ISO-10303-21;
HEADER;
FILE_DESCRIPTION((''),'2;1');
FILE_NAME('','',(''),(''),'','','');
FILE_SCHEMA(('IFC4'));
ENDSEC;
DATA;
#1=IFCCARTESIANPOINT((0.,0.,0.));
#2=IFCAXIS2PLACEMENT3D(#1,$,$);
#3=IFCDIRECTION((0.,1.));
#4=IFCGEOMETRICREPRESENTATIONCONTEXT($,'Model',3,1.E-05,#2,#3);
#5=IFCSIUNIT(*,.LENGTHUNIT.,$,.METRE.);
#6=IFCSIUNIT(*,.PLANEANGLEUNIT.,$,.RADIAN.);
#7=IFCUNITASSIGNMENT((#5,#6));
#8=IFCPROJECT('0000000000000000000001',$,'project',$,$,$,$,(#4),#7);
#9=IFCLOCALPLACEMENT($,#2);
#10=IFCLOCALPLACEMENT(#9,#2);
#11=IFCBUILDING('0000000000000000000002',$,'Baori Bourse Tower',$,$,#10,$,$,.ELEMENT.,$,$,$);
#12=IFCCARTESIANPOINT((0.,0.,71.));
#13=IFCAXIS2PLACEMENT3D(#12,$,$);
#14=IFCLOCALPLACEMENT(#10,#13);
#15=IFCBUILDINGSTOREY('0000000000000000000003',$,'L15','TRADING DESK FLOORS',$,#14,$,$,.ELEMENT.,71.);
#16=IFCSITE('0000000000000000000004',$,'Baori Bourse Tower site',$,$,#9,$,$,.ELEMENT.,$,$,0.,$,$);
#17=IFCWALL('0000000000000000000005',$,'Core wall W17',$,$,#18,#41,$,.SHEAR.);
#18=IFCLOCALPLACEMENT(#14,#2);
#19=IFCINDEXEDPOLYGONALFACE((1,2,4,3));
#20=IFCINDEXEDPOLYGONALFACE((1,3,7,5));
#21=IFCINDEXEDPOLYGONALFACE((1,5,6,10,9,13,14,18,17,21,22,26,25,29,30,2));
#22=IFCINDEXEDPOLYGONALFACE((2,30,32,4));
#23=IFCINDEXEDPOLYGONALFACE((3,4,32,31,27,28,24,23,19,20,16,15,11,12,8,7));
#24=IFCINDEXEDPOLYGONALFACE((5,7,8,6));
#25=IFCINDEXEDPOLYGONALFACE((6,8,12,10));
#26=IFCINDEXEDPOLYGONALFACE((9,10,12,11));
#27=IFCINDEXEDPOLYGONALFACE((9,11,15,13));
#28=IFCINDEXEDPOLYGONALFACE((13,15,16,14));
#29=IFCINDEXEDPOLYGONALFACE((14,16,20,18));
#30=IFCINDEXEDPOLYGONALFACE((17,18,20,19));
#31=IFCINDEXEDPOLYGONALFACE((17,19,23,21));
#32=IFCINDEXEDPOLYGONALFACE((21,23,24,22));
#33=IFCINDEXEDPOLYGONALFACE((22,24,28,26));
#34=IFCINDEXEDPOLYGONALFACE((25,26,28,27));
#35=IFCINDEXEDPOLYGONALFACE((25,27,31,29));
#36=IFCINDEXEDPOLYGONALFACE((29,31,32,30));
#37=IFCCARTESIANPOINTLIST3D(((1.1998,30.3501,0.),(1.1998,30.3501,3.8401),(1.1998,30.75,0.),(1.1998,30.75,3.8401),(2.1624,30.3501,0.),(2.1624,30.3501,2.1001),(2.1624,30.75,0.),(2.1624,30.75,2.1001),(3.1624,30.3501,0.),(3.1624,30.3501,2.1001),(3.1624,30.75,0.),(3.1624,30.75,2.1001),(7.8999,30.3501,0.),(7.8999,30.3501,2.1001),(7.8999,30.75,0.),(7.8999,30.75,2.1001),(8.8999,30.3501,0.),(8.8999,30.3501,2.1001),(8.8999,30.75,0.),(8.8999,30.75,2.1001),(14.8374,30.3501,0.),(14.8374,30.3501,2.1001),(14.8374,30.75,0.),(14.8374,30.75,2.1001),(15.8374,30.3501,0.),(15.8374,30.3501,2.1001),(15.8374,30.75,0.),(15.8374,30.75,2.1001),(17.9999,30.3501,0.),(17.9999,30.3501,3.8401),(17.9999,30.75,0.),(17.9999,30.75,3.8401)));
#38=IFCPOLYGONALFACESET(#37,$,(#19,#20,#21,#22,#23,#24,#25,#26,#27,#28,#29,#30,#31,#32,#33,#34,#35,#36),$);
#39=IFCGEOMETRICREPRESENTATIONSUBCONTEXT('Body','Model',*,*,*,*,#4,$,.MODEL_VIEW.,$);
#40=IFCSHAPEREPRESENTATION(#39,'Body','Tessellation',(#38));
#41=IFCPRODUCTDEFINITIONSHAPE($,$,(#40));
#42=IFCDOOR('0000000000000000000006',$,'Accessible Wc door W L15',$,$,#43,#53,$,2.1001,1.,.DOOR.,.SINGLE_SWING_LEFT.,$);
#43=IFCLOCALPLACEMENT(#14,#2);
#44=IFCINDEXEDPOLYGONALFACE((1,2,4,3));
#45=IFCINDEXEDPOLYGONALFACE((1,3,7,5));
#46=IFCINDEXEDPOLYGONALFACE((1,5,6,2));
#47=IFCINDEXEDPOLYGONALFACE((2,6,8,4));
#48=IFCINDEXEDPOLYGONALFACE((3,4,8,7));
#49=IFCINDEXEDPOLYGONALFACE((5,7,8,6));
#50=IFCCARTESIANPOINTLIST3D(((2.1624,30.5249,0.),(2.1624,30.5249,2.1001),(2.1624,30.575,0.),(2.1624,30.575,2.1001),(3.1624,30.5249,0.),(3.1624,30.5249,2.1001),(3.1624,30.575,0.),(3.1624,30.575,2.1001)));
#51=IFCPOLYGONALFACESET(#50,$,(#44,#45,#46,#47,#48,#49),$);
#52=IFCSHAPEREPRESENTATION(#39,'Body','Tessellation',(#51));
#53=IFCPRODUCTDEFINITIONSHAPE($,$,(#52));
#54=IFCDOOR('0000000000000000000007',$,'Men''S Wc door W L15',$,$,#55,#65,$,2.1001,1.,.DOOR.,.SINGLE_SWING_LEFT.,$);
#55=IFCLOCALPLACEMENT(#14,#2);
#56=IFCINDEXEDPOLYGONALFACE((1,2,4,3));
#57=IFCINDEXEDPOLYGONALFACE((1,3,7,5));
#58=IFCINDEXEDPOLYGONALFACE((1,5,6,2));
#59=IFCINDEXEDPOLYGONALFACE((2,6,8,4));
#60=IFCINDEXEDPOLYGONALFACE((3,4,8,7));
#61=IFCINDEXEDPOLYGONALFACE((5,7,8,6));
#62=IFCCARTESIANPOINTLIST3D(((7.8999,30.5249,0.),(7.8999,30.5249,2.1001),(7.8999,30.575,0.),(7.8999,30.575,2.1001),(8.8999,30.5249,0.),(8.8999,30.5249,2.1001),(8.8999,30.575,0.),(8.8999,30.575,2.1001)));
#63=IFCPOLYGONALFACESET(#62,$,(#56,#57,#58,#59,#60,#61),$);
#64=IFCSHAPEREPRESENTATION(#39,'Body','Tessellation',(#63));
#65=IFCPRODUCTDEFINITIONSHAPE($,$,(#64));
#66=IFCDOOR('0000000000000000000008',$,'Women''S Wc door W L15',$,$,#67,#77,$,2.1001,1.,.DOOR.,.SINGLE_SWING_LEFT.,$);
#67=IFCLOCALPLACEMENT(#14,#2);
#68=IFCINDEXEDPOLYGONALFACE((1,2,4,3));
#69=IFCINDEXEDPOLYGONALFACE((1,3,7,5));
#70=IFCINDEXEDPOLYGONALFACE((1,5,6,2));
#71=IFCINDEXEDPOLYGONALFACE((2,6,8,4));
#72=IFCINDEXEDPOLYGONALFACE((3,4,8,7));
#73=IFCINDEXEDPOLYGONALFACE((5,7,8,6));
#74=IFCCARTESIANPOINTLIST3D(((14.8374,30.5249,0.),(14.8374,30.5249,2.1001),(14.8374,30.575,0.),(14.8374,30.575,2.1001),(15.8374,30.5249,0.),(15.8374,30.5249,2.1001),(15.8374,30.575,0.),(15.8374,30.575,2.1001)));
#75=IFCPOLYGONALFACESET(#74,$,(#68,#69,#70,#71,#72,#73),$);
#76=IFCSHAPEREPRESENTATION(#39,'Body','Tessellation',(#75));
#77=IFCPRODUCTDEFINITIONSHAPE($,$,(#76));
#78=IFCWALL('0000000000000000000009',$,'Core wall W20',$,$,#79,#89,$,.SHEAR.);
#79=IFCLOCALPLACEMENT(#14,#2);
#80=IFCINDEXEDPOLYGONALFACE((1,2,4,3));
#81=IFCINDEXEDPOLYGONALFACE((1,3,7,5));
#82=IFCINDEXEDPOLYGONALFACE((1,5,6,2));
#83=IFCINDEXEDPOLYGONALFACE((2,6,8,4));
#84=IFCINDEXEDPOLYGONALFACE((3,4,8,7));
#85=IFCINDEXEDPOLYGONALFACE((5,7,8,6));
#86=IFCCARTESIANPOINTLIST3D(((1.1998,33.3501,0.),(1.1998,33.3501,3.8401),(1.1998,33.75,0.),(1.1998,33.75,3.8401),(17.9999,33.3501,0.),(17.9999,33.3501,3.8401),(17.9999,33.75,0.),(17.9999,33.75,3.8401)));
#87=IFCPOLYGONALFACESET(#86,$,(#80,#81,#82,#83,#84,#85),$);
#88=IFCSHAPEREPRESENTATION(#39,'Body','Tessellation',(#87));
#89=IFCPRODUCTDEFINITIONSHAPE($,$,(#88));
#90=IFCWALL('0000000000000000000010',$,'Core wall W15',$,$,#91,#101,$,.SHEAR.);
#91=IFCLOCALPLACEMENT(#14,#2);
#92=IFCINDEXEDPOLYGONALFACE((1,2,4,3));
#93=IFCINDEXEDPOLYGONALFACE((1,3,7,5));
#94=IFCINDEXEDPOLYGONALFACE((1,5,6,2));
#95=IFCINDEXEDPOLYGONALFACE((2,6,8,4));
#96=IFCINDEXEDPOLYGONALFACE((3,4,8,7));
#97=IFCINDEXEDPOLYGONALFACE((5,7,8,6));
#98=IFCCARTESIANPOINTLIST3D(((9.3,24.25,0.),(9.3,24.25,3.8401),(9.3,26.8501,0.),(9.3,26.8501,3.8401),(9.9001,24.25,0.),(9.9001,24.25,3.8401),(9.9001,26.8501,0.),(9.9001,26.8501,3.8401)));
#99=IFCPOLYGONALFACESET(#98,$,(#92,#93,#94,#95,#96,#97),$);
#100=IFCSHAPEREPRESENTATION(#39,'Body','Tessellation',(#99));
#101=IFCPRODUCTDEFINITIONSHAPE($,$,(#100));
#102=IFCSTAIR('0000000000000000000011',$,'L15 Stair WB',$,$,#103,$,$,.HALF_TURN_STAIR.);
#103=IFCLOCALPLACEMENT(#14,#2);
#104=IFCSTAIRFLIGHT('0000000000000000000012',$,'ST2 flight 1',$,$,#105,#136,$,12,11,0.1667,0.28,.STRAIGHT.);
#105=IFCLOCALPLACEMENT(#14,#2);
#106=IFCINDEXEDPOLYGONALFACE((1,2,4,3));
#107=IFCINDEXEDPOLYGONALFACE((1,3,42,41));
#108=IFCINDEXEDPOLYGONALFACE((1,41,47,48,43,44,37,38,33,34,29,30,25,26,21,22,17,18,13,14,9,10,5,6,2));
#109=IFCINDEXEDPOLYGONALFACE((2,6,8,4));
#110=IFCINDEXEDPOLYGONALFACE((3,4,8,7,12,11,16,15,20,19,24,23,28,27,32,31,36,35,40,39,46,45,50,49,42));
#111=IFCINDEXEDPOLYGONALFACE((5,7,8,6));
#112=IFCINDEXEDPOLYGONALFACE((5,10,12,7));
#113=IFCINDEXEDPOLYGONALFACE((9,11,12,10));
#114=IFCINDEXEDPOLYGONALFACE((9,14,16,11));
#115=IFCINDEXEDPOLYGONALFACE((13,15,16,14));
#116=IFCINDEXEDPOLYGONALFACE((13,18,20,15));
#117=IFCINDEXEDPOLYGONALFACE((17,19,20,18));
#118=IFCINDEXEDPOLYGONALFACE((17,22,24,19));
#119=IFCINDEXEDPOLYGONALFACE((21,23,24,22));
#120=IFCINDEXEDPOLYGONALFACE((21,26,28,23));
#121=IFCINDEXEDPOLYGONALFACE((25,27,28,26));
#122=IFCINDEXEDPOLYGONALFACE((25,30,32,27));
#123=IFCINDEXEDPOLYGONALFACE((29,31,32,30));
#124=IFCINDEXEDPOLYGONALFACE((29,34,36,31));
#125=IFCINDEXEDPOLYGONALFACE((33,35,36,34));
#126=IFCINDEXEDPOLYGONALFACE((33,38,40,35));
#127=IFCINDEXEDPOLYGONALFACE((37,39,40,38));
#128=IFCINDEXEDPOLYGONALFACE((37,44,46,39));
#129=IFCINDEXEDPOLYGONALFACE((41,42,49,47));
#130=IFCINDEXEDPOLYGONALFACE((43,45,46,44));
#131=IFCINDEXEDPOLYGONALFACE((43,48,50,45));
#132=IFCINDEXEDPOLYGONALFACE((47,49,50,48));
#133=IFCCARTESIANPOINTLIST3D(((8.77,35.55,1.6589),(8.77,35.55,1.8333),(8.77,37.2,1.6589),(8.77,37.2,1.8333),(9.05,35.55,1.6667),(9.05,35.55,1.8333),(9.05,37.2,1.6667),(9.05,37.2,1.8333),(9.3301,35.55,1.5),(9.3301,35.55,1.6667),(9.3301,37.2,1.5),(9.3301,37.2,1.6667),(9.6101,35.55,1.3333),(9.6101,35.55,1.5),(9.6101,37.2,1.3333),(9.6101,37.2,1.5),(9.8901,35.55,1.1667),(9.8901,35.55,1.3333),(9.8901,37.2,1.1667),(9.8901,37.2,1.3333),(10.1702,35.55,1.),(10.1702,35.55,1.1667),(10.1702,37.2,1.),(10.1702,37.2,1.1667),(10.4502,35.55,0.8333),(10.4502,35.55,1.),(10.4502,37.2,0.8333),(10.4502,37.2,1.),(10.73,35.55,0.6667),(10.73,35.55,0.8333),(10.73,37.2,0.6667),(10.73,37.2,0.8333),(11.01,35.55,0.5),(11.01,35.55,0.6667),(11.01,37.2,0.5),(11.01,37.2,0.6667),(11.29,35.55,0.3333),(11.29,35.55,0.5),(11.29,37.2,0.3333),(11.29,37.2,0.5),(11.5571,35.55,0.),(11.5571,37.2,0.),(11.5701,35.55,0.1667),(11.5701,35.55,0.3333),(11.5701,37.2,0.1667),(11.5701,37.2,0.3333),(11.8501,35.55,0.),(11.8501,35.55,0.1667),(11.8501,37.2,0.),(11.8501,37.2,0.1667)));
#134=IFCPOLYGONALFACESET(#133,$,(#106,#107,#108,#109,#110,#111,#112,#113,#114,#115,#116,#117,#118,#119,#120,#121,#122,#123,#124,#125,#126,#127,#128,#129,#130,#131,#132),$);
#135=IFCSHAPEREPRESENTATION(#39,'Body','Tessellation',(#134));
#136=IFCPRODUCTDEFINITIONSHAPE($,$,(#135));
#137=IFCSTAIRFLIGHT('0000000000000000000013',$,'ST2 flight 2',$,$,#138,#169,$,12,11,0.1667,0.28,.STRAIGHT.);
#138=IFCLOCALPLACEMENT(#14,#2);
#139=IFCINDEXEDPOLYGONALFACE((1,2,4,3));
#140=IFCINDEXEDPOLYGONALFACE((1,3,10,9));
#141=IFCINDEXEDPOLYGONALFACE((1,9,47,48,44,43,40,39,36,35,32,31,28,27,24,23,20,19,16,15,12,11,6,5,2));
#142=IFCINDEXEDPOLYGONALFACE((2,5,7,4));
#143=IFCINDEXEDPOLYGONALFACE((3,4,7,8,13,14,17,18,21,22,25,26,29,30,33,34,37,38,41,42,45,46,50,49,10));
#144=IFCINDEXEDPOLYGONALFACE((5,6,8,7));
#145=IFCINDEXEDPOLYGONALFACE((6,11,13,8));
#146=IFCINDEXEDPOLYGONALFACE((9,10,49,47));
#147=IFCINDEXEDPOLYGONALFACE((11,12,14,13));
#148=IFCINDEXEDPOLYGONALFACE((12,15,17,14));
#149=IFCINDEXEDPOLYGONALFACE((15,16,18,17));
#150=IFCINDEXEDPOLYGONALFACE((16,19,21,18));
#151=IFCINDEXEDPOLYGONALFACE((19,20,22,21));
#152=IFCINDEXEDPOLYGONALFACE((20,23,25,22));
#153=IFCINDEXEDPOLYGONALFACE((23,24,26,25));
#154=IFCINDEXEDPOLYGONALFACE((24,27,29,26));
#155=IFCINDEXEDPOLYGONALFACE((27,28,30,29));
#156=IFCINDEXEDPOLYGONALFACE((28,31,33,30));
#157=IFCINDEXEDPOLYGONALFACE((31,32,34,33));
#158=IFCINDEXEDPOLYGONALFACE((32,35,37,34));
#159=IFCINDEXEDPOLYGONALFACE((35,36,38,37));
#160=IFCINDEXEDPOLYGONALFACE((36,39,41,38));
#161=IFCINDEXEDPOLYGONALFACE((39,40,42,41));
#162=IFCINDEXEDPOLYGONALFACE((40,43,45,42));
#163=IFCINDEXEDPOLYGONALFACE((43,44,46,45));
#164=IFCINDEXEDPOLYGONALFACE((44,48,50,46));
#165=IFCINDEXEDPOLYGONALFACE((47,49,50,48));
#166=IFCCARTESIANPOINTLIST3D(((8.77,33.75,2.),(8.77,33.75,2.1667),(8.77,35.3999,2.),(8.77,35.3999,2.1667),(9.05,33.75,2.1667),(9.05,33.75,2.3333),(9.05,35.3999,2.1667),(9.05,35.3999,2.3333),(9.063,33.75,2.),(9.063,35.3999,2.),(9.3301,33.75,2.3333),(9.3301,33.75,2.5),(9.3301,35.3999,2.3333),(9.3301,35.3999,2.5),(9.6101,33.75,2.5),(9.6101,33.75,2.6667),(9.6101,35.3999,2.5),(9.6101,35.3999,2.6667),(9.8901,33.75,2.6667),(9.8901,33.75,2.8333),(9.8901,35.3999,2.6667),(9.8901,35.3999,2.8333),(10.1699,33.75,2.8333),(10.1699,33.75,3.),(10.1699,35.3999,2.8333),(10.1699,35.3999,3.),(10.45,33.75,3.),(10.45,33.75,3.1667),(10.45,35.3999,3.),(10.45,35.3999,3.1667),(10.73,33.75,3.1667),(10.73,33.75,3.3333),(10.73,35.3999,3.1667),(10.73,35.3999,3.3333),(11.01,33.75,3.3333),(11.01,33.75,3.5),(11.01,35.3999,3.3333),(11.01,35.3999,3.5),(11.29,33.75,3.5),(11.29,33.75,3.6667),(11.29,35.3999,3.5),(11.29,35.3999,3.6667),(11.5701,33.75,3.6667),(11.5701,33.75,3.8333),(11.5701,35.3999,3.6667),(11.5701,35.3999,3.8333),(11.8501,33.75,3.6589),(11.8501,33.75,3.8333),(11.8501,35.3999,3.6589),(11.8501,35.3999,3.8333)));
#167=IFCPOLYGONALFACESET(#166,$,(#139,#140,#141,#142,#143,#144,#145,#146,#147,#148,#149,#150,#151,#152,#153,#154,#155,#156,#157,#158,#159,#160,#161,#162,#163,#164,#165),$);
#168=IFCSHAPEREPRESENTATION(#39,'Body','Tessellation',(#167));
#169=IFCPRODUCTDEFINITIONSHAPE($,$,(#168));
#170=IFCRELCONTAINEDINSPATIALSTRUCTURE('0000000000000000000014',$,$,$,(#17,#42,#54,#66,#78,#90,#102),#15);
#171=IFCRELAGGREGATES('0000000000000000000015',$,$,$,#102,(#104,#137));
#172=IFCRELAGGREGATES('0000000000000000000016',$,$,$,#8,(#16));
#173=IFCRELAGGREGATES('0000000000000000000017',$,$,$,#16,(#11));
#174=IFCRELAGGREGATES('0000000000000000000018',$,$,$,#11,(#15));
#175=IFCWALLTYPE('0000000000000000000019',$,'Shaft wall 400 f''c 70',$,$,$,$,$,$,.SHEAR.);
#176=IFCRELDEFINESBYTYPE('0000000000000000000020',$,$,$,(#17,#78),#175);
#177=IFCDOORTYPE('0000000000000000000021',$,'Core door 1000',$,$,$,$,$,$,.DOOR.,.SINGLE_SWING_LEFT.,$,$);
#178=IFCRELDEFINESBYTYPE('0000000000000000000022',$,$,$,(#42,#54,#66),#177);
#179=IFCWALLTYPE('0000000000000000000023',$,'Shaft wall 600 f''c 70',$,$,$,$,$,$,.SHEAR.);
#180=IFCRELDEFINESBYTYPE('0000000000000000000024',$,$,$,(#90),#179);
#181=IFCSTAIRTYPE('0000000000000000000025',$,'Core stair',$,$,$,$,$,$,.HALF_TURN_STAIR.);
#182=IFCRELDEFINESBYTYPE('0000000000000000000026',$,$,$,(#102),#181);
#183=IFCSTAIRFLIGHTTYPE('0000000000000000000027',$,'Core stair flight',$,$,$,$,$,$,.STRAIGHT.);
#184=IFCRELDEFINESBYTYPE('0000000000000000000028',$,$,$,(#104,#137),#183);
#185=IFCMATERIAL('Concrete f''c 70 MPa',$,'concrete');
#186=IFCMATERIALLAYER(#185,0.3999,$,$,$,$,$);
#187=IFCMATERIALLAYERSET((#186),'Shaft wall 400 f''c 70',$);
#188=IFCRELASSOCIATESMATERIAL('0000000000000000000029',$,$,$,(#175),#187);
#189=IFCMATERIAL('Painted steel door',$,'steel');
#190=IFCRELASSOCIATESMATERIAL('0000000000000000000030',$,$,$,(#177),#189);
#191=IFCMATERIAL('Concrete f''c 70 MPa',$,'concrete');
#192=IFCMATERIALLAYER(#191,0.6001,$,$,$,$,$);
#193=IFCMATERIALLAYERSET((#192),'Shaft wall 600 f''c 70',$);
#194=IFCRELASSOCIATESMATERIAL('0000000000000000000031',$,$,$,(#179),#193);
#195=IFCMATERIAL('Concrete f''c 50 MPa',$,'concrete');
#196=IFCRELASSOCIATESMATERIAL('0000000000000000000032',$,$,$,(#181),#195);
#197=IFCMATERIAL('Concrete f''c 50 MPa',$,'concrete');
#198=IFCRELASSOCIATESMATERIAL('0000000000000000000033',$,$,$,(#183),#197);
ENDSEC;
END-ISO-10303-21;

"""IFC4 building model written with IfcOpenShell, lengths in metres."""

from ifc_helpers import new_model, si_unit, direction, frame, frame_2d, origin, place, context, subcontext, project, spatial, polyline, rectangle, outline, extrude, material, layer, layer_set, type_object, element, fill, aggregate, save


model = new_model("IFC4")

# Units and contexts
model_context = context("Model", 3, precision=1e-05, world=origin(), true_north=direction((0.0, 1.0)))
body_context = subcontext(model_context, "Body", "Model", "MODEL_VIEW")
ifc_project = project(units=[si_unit("LENGTHUNIT", "METRE"), si_unit("PLANEANGLEUNIT", "RADIAN")], contexts=[model_context])

# Site, building, storey
site_placement = place(None, origin())
site = spatial("IfcSite", under=ifc_project, at=site_placement, Name="Baori Bourse Tower site", CompositionType="ELEMENT", RefElevation=0.0)
building_placement = place(site_placement, origin())
building = spatial("IfcBuilding", under=site, at=building_placement, Name="Baori Bourse Tower", CompositionType="ELEMENT")
storey_placement = place(building_placement, frame((0.0, 0.0, 71.0)))
storey = spatial("IfcBuildingStorey", under=building, at=storey_placement, Name="L15", Description="TRADING DESK FLOORS", CompositionType="ELEMENT", Elevation=71.0)

# Shared definitions
ifc_material_1 = material(Name="Concrete f'c 70 MPa", Category="concrete")
ifc_layer_1 = layer(ifc_material_1, 0.3999)
ifc_layer_set_1 = layer_set([ifc_layer_1], Name="Shaft wall 400 f'c 70")
wall_type_1 = type_object("IfcWallType", Name="Shaft wall 400 f'c 70", PredefinedType="SHEAR", material=ifc_layer_set_1)

# Wall, openings, doors
wall_1_placement = place(storey_placement, frame((1.2, 30.55, 0.0), z_axis=(0.0, 0.0, 1.0), x_axis=(1.0, 0.0, 0.0)))
wall_1 = element("IfcWall", 1, at=wall_1_placement, inside=storey, type_object=wall_type_1, Name="Core wall W17", PredefinedType="SHEAR", context=body_context, shape_type="SweptSolid", body=[
    extrude(rectangle(XDim=16.8, YDim=0.3999, at=frame_2d((8.3999, 0.0))), origin(), (0.0, 0.0, 1.0), 3.8401),
])
opening_1_placement = place(wall_1_placement, frame((0.9624, 0.0, 0.0)))
opening_1 = element("IfcOpeningElement", 2, at=opening_1_placement, cuts=wall_1, PredefinedType="OPENING", context=body_context, shape_type="SweptSolid", body=[
    extrude(rectangle(XDim=1.0, YDim=2.1001, at=frame_2d((0.5, 1.05))), frame((0.0, 0.21, 0.0), z_axis=(0.0, -1.0, 0.0), x_axis=(1.0, 0.0, 0.0)), (0.0, 0.0, 1.0), 0.4199),
])
opening_2_placement = place(wall_1_placement, frame((6.7, 0.0, 0.0)))
opening_2 = element("IfcOpeningElement", 3, at=opening_2_placement, cuts=wall_1, PredefinedType="OPENING", context=body_context, shape_type="SweptSolid", body=[
    extrude(rectangle(XDim=1.0, YDim=2.1001, at=frame_2d((0.5, 1.05))), frame((0.0, 0.21, 0.0), z_axis=(0.0, -1.0, 0.0), x_axis=(1.0, 0.0, 0.0)), (0.0, 0.0, 1.0), 0.4199),
])
opening_3_placement = place(wall_1_placement, frame((13.6375, 0.0, 0.0)))
opening_3 = element("IfcOpeningElement", 4, at=opening_3_placement, cuts=wall_1, PredefinedType="OPENING", context=body_context, shape_type="SweptSolid", body=[
    extrude(rectangle(XDim=1.0, YDim=2.1001, at=frame_2d((0.5, 1.05))), frame((0.0, 0.21, 0.0), z_axis=(0.0, -1.0, 0.0), x_axis=(1.0, 0.0, 0.0)), (0.0, 0.0, 1.0), 0.4199),
])
ifc_material_2 = material(Name="Painted steel door", Category="steel")
door_type_1 = type_object("IfcDoorType", Name="Core door 1000", OperationType="SINGLE_SWING_LEFT", PredefinedType="DOOR", material=ifc_material_2)
door_1_placement = place(opening_1_placement, origin())
door_1 = element("IfcDoor", 5, at=door_1_placement, inside=storey, type_object=door_type_1, Name="Accessible Wc door W L15", OperationType="SINGLE_SWING_LEFT", OverallHeight=2.1001, OverallWidth=1.0, PredefinedType="DOOR", context=body_context, shape_type="SweptSolid", body=[
    extrude(rectangle(XDim=1.0, YDim=2.1001, at=frame_2d((0.5, 1.05))), frame((0.0, 0.0249, 0.0), z_axis=(0.0, -1.0, 0.0), x_axis=(1.0, 0.0, 0.0)), (0.0, 0.0, 1.0), 0.05),
])
fill(opening_1, door_1)
door_2_placement = place(opening_2_placement, origin())
door_2 = element("IfcDoor", 6, at=door_2_placement, inside=storey, type_object=door_type_1, Name="Men'S Wc door W L15", OperationType="SINGLE_SWING_LEFT", OverallHeight=2.1001, OverallWidth=1.0, PredefinedType="DOOR", context=body_context, shape_type="SweptSolid", body=[
    extrude(rectangle(XDim=1.0, YDim=2.1001, at=frame_2d((0.5, 1.05))), frame((0.0, 0.0249, 0.0), z_axis=(0.0, -1.0, 0.0), x_axis=(1.0, 0.0, 0.0)), (0.0, 0.0, 1.0), 0.05),
])
fill(opening_2, door_2)
door_3_placement = place(opening_3_placement, origin())
door_3 = element("IfcDoor", 7, at=door_3_placement, inside=storey, type_object=door_type_1, Name="Women'S Wc door W L15", OperationType="SINGLE_SWING_LEFT", OverallHeight=2.1001, OverallWidth=1.0, PredefinedType="DOOR", context=body_context, shape_type="SweptSolid", body=[
    extrude(rectangle(XDim=1.0, YDim=2.1001, at=frame_2d((0.5, 1.05))), frame((0.0, 0.0249, 0.0), z_axis=(0.0, -1.0, 0.0), x_axis=(1.0, 0.0, 0.0)), (0.0, 0.0, 1.0), 0.05),
])
fill(opening_3, door_3)

# Walls
wall_2_placement = place(storey_placement, frame((1.2, 33.55, 0.0), z_axis=(0.0, 0.0, 1.0), x_axis=(1.0, 0.0, 0.0)))
element("IfcWall", 8, at=wall_2_placement, inside=storey, type_object=wall_type_1, Name="Core wall W20", PredefinedType="SHEAR", context=body_context, shape_type="SweptSolid", body=[
    extrude(rectangle(XDim=16.8, YDim=0.3999, at=frame_2d((8.3999, 0.0))), origin(), (0.0, 0.0, 1.0), 3.8401),
])
ifc_material_3 = material(Name="Concrete f'c 70 MPa", Category="concrete")
ifc_layer_2 = layer(ifc_material_3, 0.6001)
ifc_layer_set_2 = layer_set([ifc_layer_2], Name="Shaft wall 600 f'c 70")
wall_type_2 = type_object("IfcWallType", Name="Shaft wall 600 f'c 70", PredefinedType="SHEAR", material=ifc_layer_set_2)
wall_3_placement = place(storey_placement, frame((9.6001, 24.25, 0.0), z_axis=(0.0, 0.0, 1.0), x_axis=(0.0, 1.0, 0.0)))
element("IfcWall", 9, at=wall_3_placement, inside=storey, type_object=wall_type_2, Name="Core wall W15", PredefinedType="SHEAR", context=body_context, shape_type="SweptSolid", body=[
    extrude(rectangle(XDim=2.6001, YDim=0.6001, at=frame_2d((1.3, 0.0))), origin(), (0.0, 0.0, 1.0), 3.8401),
])

# Stair, stair flights
ifc_material_4 = material(Name="Concrete f'c 50 MPa", Category="concrete")
stair_type = type_object("IfcStairType", Name="Core stair", PredefinedType="HALF_TURN_STAIR", material=ifc_material_4)
stair_placement = place(storey_placement, origin())
stair = element("IfcStair", 10, at=stair_placement, inside=storey, type_object=stair_type, Name="L15 Stair WB", PredefinedType="HALF_TURN_STAIR")
ifc_material_5 = material(Name="Concrete f'c 50 MPa", Category="concrete")
stair_flight_type = type_object("IfcStairFlightType", Name="Core stair flight", PredefinedType="STRAIGHT", material=ifc_material_5)
stair_flight_1_placement = place(storey_placement, frame((11.8501, 36.375, 0.0), z_axis=(0.0, 0.0, 1.0), x_axis=(-1.0, 0.0, 0.0)))
stair_flight_1 = element("IfcStairFlight", 11, at=stair_flight_1_placement, type_object=stair_flight_type, Name="ST2 flight 1", NumberOfRisers=12, NumberOfTreads=11, PredefinedType="STRAIGHT", RiserHeight=0.1667, TreadLength=0.28, context=body_context, shape_type="SweptSolid", body=[
    extrude(outline(polyline([(0.0, 0.0), (0.0, 0.1667), (0.28, 0.1667), (0.28, 0.3333), (0.5601, 0.3333), (0.5601, 0.5), (0.8401, 0.5), (0.8401, 0.6667), (1.1201, 0.6667), (1.1201, 0.8333), (1.3999, 0.8333), (1.3999, 1.0), (1.6799, 1.0), (1.6799, 1.1667), (1.96, 1.1667), (1.96, 1.3333), (2.24, 1.3333), (2.24, 1.5), (2.52, 1.5), (2.52, 1.6667), (2.8, 1.6667), (2.8, 1.8333), (3.0801, 1.8333), (3.0801, 2.0), (3.0801, 1.6589), (0.293, 0.0), (0.0, 0.0)])), frame((0.0, 0.825, 0.0), z_axis=(0.0, -1.0, 0.0), x_axis=(1.0, 0.0, 0.0)), (0.0, 0.0, 1.0), 1.6499),
])
stair_flight_2_placement = place(storey_placement, frame((8.77, 34.575, 2.0), z_axis=(0.0, 0.0, 1.0), x_axis=(1.0, 0.0, 0.0)))
stair_flight_2 = element("IfcStairFlight", 12, at=stair_flight_2_placement, type_object=stair_flight_type, Name="ST2 flight 2", NumberOfRisers=12, NumberOfTreads=11, PredefinedType="STRAIGHT", RiserHeight=0.1667, TreadLength=0.28, context=body_context, shape_type="SweptSolid", body=[
    extrude(outline(polyline([(0.0, 0.0), (0.0, 0.1667), (0.28, 0.1667), (0.28, 0.3333), (0.5601, 0.3333), (0.5601, 0.5), (0.8401, 0.5), (0.8401, 0.6667), (1.1201, 0.6667), (1.1201, 0.8333), (1.3999, 0.8333), (1.3999, 1.0), (1.6799, 1.0), (1.6799, 1.1667), (1.96, 1.1667), (1.96, 1.3333), (2.24, 1.3333), (2.24, 1.5), (2.52, 1.5), (2.52, 1.6667), (2.8, 1.6667), (2.8, 1.8333), (3.0801, 1.8333), (3.0801, 2.0), (3.0801, 1.6589), (0.293, 0.0), (0.0, 0.0)])), frame((0.0, 0.825, 0.0), z_axis=(0.0, -1.0, 0.0), x_axis=(1.0, 0.0, 0.0)), (0.0, 0.0, 1.0), 1.6499),
])
aggregate(stair, [stair_flight_1, stair_flight_2])

save(model, "model.ifc")
